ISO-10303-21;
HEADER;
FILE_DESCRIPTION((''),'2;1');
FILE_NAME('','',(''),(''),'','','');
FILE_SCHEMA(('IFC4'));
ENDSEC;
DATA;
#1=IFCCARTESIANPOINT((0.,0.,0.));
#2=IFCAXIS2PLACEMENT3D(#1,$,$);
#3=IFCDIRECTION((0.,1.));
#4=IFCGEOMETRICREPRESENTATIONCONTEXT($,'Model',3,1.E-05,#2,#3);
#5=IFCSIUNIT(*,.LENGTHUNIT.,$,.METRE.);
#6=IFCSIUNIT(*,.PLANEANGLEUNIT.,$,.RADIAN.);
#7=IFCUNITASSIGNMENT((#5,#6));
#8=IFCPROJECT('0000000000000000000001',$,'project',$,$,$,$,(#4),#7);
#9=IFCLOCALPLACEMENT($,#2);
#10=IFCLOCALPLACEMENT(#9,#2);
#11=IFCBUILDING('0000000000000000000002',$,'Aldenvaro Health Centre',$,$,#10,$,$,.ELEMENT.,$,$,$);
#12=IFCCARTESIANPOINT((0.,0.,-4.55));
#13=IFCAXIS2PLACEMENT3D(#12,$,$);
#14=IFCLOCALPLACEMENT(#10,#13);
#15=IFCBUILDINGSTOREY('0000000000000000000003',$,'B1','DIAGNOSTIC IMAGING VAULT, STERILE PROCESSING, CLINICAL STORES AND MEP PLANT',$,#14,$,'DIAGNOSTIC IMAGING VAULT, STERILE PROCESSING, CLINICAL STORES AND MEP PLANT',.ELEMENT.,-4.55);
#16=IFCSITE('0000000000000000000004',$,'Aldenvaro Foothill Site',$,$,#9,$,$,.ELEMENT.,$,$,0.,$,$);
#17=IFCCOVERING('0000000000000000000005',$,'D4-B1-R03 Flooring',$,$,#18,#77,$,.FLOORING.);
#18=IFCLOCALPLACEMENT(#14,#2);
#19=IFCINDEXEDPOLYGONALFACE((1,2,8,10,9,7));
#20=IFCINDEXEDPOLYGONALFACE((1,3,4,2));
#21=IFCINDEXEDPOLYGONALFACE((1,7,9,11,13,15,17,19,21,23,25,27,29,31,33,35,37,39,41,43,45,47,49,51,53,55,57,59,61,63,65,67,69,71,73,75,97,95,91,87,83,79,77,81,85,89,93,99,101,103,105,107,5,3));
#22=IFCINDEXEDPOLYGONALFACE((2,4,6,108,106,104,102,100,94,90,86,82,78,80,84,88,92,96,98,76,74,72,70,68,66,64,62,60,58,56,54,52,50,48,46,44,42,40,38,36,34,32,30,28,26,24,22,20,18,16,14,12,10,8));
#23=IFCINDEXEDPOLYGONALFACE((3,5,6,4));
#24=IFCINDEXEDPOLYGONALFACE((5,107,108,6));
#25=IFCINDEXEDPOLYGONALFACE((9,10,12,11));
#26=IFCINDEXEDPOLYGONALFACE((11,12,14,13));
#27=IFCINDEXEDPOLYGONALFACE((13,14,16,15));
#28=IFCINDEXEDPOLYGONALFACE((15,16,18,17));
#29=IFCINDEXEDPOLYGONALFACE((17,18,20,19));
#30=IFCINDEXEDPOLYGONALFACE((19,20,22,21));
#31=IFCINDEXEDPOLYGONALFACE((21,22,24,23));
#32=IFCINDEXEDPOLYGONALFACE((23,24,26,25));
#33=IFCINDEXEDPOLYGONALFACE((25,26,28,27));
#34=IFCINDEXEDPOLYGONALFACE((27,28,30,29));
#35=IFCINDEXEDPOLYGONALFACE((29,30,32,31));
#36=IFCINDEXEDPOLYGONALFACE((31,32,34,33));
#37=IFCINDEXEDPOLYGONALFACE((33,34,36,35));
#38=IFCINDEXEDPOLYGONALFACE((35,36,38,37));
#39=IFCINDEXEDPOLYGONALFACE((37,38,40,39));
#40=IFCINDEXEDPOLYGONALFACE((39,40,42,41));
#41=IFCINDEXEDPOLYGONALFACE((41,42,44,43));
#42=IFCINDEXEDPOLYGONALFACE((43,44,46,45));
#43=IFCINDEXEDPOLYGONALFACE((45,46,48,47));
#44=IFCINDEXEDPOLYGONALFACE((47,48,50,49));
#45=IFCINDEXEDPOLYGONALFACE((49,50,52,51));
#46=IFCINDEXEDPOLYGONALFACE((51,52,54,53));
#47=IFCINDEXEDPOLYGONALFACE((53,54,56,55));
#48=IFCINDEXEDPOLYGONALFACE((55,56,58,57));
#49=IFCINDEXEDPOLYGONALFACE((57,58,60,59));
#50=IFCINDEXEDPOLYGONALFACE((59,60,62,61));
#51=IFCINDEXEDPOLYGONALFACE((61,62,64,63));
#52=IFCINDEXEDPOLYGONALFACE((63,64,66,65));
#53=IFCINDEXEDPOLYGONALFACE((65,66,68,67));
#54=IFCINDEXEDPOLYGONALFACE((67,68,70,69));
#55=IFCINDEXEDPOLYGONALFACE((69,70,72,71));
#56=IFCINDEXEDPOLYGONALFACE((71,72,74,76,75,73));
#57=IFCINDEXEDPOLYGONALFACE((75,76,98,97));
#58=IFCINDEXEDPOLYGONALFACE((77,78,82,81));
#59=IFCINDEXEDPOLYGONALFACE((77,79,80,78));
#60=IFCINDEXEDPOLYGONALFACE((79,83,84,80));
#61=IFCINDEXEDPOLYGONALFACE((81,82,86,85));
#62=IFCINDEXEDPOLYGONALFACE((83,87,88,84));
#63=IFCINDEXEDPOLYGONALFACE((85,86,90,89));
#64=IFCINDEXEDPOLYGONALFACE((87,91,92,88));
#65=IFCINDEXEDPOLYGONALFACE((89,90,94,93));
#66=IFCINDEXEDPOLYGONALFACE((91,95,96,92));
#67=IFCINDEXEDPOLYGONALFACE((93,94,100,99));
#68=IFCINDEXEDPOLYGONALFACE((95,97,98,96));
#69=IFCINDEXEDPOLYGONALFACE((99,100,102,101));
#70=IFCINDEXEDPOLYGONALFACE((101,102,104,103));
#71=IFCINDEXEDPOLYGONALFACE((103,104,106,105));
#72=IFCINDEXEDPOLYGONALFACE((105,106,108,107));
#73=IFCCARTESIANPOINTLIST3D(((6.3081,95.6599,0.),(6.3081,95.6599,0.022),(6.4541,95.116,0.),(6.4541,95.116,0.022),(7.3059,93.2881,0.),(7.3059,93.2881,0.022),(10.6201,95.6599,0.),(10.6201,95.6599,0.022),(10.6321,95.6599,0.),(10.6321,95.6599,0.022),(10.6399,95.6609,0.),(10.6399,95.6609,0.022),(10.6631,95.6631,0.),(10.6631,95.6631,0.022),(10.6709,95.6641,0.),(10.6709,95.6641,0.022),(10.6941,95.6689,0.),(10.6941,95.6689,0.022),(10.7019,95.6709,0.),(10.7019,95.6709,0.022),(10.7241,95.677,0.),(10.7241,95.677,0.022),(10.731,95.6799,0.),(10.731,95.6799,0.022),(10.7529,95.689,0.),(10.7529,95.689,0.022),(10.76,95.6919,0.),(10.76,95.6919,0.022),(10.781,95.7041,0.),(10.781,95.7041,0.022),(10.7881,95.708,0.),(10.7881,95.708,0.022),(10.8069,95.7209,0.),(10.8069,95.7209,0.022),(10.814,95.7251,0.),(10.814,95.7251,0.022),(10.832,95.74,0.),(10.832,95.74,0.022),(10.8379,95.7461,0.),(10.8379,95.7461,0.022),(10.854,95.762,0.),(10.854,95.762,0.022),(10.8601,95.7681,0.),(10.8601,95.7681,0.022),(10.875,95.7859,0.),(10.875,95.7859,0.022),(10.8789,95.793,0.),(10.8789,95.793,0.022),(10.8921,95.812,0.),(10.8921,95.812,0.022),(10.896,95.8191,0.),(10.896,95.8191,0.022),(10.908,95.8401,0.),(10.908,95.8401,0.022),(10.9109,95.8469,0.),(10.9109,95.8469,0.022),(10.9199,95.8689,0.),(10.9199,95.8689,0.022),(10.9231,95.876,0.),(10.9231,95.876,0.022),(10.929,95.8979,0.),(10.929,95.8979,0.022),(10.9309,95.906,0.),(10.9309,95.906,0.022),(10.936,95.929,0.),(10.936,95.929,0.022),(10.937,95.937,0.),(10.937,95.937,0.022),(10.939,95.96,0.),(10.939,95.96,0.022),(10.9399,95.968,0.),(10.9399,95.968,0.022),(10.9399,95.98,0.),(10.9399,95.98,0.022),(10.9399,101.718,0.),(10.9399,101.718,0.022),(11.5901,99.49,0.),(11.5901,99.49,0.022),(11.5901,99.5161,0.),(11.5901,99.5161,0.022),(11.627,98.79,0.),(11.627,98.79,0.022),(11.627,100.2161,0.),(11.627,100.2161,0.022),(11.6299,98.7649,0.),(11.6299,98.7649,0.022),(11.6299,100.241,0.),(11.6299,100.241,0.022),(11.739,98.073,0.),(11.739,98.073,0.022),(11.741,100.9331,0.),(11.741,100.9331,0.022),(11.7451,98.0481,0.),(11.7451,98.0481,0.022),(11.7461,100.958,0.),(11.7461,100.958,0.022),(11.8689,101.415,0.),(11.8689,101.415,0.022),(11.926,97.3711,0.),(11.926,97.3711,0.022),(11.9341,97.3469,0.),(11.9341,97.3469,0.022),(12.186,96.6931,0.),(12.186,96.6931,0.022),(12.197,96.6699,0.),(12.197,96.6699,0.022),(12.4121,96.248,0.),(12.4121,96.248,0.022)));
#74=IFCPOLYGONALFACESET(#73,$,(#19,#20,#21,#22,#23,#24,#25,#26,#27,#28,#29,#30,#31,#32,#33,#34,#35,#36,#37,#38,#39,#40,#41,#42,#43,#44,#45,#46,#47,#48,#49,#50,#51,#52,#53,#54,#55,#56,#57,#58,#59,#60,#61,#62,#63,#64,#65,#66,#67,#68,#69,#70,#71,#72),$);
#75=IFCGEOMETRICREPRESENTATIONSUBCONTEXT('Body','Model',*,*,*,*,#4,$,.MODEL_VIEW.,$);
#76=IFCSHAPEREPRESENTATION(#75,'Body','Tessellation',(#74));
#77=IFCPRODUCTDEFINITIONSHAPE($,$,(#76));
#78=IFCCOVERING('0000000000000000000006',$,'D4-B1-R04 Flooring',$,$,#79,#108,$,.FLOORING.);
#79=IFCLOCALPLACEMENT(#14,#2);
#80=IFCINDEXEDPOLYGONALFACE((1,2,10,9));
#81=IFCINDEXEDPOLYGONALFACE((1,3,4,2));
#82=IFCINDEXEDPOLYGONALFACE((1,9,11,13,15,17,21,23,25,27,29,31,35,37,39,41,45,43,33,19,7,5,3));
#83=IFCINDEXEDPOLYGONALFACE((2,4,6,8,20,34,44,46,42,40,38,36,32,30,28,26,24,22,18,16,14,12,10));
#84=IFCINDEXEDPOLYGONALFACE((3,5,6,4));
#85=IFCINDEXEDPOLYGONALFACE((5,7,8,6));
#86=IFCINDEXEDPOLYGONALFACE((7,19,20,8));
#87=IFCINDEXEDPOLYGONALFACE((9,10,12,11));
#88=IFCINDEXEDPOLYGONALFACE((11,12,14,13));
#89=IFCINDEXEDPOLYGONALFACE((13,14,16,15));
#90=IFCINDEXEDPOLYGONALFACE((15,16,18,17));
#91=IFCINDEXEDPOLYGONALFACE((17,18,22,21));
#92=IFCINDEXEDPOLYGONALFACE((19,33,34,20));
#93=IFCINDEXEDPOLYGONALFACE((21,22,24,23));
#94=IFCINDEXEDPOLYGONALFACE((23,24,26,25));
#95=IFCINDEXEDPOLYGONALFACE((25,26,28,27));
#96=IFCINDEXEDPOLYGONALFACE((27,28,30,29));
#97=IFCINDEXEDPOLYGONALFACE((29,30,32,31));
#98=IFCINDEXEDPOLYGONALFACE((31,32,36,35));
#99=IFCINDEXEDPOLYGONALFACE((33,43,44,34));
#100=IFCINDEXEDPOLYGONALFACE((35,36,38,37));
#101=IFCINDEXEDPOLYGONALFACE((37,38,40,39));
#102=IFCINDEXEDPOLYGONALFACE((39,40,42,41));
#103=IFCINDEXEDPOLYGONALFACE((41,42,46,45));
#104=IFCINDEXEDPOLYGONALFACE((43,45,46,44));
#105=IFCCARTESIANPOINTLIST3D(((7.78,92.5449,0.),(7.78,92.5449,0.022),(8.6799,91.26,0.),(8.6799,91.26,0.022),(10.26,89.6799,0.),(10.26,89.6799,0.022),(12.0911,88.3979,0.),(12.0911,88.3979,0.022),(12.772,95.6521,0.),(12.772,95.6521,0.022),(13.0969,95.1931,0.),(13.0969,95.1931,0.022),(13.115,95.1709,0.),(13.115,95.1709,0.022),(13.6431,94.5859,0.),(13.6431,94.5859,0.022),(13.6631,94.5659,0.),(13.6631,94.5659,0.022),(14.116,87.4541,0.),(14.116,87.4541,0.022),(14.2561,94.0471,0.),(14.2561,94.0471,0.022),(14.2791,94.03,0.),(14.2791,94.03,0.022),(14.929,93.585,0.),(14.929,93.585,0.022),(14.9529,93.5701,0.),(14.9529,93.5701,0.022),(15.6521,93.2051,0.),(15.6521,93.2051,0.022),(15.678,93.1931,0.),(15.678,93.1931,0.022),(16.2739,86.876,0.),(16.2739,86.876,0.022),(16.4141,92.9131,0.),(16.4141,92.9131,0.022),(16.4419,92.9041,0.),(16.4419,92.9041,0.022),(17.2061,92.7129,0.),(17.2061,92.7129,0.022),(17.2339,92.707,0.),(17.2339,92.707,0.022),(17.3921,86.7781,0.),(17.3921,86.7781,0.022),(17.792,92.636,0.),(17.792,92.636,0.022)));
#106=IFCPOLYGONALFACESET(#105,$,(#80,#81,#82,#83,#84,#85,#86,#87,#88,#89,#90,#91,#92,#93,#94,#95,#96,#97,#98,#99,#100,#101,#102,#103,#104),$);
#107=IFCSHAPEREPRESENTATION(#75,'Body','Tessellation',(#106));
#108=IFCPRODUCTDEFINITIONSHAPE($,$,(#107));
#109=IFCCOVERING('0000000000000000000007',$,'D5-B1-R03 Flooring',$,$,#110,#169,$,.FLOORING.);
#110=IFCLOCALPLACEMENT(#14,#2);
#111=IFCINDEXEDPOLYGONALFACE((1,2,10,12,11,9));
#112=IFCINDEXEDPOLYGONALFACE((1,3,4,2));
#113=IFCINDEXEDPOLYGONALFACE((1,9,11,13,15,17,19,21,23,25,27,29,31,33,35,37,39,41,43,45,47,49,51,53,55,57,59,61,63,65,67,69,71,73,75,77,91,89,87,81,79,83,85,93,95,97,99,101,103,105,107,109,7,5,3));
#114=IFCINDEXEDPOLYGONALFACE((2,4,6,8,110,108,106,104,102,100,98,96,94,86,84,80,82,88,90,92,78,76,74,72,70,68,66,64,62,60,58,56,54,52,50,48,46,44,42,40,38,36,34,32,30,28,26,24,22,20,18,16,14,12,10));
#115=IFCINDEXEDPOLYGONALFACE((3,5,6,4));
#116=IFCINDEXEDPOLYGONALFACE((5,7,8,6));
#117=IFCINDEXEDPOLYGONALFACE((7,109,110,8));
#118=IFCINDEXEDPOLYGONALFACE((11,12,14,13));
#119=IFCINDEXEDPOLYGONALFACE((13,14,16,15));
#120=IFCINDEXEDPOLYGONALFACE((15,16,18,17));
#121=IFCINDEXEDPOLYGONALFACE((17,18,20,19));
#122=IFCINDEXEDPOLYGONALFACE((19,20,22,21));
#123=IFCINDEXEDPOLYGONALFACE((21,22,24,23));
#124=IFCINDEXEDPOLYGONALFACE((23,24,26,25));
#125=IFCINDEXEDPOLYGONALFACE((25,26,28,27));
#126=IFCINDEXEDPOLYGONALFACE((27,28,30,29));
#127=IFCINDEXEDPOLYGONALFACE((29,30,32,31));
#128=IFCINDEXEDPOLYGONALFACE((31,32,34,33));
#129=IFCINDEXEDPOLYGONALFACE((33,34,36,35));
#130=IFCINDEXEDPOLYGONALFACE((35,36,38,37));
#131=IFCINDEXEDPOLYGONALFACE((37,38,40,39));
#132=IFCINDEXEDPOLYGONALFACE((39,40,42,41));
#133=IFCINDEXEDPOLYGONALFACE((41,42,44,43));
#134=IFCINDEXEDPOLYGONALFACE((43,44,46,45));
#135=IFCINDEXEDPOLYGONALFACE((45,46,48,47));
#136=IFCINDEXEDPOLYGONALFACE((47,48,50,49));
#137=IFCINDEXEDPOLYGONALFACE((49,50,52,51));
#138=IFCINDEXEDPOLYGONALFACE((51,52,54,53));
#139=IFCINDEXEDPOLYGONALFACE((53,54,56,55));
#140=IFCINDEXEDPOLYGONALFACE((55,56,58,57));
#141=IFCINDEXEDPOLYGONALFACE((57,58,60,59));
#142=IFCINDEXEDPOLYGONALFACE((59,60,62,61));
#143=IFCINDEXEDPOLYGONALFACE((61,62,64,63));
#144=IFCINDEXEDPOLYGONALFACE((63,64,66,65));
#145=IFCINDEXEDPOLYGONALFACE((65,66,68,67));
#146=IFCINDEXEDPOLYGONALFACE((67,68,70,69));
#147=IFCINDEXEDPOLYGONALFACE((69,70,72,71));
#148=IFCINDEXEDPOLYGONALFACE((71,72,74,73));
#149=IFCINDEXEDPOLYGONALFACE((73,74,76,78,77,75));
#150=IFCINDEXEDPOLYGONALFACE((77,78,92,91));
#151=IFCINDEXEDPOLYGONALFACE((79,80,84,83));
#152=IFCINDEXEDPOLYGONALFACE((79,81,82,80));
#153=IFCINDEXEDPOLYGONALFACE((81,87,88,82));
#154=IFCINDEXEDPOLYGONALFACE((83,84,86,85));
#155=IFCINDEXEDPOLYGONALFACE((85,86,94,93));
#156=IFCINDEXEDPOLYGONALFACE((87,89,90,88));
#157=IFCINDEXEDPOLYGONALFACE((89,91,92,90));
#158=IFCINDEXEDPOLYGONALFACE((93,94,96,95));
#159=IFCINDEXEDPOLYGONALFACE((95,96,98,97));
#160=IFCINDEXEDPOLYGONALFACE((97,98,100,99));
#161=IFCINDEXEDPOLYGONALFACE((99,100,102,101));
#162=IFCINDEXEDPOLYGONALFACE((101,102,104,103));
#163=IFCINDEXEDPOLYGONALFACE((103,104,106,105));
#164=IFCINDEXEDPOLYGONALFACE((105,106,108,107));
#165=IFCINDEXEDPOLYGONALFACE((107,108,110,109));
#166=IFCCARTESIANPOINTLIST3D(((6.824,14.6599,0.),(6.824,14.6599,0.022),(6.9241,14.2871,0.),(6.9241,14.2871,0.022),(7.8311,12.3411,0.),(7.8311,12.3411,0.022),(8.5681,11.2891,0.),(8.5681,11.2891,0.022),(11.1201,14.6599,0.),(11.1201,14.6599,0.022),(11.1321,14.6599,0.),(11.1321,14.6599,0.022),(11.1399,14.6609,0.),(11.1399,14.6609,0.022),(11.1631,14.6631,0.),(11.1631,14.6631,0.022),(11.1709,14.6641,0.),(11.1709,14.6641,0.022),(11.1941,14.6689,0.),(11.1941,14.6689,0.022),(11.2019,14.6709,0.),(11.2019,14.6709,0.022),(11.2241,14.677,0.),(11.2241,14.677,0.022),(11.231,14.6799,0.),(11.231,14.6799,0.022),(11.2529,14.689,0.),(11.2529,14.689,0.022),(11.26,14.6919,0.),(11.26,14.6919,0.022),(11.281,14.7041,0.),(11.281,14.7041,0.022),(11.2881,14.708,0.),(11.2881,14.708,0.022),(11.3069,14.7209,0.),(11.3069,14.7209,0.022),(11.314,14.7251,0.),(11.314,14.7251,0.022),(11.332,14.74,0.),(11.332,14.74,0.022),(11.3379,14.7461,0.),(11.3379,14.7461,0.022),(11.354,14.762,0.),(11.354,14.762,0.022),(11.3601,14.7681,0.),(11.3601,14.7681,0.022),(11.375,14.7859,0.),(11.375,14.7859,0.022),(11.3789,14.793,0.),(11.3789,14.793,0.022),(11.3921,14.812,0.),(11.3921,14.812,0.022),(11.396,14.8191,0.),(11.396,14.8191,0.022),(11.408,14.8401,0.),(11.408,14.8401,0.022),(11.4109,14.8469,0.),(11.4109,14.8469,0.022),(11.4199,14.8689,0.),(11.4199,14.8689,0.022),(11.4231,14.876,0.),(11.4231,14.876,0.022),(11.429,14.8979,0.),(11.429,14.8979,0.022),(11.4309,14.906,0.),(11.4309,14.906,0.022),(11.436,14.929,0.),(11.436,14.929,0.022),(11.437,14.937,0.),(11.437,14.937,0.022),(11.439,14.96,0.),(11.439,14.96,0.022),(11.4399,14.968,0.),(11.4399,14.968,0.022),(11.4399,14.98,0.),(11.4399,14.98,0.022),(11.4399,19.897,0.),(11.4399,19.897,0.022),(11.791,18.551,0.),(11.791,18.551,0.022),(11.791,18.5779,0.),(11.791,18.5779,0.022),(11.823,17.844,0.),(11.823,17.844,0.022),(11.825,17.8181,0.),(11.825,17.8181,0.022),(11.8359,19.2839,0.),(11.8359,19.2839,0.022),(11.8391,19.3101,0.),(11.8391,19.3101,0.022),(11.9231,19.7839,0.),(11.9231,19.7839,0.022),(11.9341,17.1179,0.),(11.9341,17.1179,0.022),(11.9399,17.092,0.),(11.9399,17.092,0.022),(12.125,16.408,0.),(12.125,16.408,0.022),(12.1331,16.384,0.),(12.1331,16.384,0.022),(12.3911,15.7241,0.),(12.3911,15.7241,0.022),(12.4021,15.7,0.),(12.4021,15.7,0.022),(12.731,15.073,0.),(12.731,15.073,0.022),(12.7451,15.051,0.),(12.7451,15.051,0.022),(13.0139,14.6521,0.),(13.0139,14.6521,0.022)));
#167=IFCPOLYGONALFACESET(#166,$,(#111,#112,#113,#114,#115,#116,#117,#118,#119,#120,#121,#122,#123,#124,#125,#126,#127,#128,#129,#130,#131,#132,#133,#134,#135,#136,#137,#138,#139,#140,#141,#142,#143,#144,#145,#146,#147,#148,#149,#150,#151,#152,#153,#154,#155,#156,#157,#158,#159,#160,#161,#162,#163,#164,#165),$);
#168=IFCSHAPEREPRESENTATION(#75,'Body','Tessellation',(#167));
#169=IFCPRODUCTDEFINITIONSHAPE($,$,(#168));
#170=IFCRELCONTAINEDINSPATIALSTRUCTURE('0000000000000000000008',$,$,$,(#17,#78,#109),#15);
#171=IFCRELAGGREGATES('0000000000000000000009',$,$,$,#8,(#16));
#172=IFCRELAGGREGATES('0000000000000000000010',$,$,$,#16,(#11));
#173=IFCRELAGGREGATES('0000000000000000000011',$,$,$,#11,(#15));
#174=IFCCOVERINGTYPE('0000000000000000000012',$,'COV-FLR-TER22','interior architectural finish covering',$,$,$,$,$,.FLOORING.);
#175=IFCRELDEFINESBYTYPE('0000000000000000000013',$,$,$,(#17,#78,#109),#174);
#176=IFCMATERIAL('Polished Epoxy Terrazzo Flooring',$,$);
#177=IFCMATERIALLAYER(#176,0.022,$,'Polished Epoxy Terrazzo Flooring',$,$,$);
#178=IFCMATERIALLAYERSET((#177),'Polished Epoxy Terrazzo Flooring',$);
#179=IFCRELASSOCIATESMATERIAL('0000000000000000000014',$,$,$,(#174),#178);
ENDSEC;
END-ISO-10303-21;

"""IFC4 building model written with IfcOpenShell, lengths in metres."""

from ifc_helpers import new_model, si_unit, direction, frame, origin, place, context, subcontext, project, spatial, polyline, outline, extrude, material, layer, layer_set, type_object, element, save


model = new_model("IFC4")

# Units and contexts
model_context = context("Model", 3, precision=1e-05, world=origin(), true_north=direction((0.0, 1.0)))
body_context = subcontext(model_context, "Body", "Model", "MODEL_VIEW")
ifc_project = project(units=[si_unit("LENGTHUNIT", "METRE"), si_unit("PLANEANGLEUNIT", "RADIAN")], contexts=[model_context])

# Site, building, storey
site_placement = place(None, origin())
site = spatial("IfcSite", under=ifc_project, at=site_placement, Name="Aldenvaro Foothill Site", CompositionType="ELEMENT", RefElevation=0.0)
building_placement = place(site_placement, origin())
building = spatial("IfcBuilding", under=site, at=building_placement, Name="Aldenvaro Health Centre", CompositionType="ELEMENT")
storey_placement = place(building_placement, frame((0.0, 0.0, -4.55)))
storey = spatial("IfcBuildingStorey", under=building, at=storey_placement, Name="B1", Description="DIAGNOSTIC IMAGING VAULT, STERILE PROCESSING, CLINICAL STORES AND MEP PLANT", LongName="DIAGNOSTIC IMAGING VAULT, STERILE PROCESSING, CLINICAL STORES AND MEP PLANT", CompositionType="ELEMENT", Elevation=-4.55)

# Coverings
ifc_material_1 = material(Name="Polished Epoxy Terrazzo Flooring")
ifc_layer_1 = layer(ifc_material_1, 0.022, Name="Polished Epoxy Terrazzo Flooring")
ifc_layer_set_1 = layer_set([ifc_layer_1], Name="Polished Epoxy Terrazzo Flooring")
covering_type_1 = type_object("IfcCoveringType", Name="COV-FLR-TER22", Description="interior architectural finish covering", PredefinedType="FLOORING", material=ifc_layer_set_1)
covering_1_placement = place(storey_placement, origin())
element("IfcCovering", 1, at=covering_1_placement, inside=storey, type_object=covering_type_1, Name="D4-B1-R03 Flooring", PredefinedType="FLOORING", context=body_context, shape_type="SweptSolid", body=[
    extrude(outline(polyline([(7.3059, 93.2881), (6.4541, 95.116), (6.3081, 95.6599), (10.6201, 95.6599), (10.6321, 95.6599), (10.6399, 95.6609), (10.6631, 95.6631), (10.6709, 95.6641), (10.6941, 95.6689), (10.7019, 95.6709), (10.7241, 95.677), (10.731, 95.6799), (10.7529, 95.689), (10.76, 95.6919), (10.781, 95.7041), (10.7881, 95.708), (10.8069, 95.7209), (10.814, 95.7251), (10.832, 95.74), (10.8379, 95.7461), (10.854, 95.762), (10.8601, 95.7681), (10.875, 95.7859), (10.8789, 95.793), (10.8921, 95.812), (10.896, 95.8191), (10.908, 95.8401), (10.9109, 95.8469), (10.9199, 95.8689), (10.9231, 95.876), (10.929, 95.8979), (10.9309, 95.906), (10.936, 95.929), (10.937, 95.937), (10.939, 95.96), (10.9399, 95.968), (10.9399, 95.98), (10.9399, 101.718), (11.8689, 101.415), (11.7461, 100.958), (11.741, 100.9331), (11.6299, 100.241), (11.627, 100.2161), (11.5901, 99.5161), (11.5901, 99.49), (11.627, 98.79), (11.6299, 98.7649), (11.739, 98.073), (11.7451, 98.0481), (11.926, 97.3711), (11.9341, 97.3469), (12.186, 96.6931), (12.197, 96.6699), (12.4121, 96.248), (7.3059, 93.2881)])), origin(), (0.0, 0.0, 1.0), 0.022),
])
covering_2_placement = place(storey_placement, origin())
element("IfcCovering", 2, at=covering_2_placement, inside=storey, type_object=covering_type_1, Name="D4-B1-R04 Flooring", PredefinedType="FLOORING", context=body_context, shape_type="SweptSolid", body=[
    extrude(outline(polyline([(13.0969, 95.1931), (13.115, 95.1709), (13.6431, 94.5859), (13.6631, 94.5659), (14.2561, 94.0471), (14.2791, 94.03), (14.929, 93.585), (14.9529, 93.5701), (15.6521, 93.2051), (15.678, 93.1931), (16.4141, 92.9131), (16.4419, 92.9041), (17.2061, 92.7129), (17.2339, 92.707), (17.792, 92.636), (17.3921, 86.7781), (16.2739, 86.876), (14.116, 87.4541), (12.0911, 88.3979), (10.26, 89.6799), (8.6799, 91.26), (7.78, 92.5449), (12.772, 95.6521), (13.0969, 95.1931)])), origin(), (0.0, 0.0, 1.0), 0.022),
])
covering_3_placement = place(storey_placement, origin())
element("IfcCovering", 3, at=covering_3_placement, inside=storey, type_object=covering_type_1, Name="D5-B1-R03 Flooring", PredefinedType="FLOORING", context=body_context, shape_type="SweptSolid", body=[
    extrude(outline(polyline([(11.8391, 19.3101), (11.8359, 19.2839), (11.791, 18.5779), (11.791, 18.551), (11.823, 17.844), (11.825, 17.8181), (11.9341, 17.1179), (11.9399, 17.092), (12.125, 16.408), (12.1331, 16.384), (12.3911, 15.7241), (12.4021, 15.7), (12.731, 15.073), (12.7451, 15.051), (13.0139, 14.6521), (8.5681, 11.2891), (7.8311, 12.3411), (6.9241, 14.2871), (6.824, 14.6599), (11.1201, 14.6599), (11.1321, 14.6599), (11.1399, 14.6609), (11.1631, 14.6631), (11.1709, 14.6641), (11.1941, 14.6689), (11.2019, 14.6709), (11.2241, 14.677), (11.231, 14.6799), (11.2529, 14.689), (11.26, 14.6919), (11.281, 14.7041), (11.2881, 14.708), (11.3069, 14.7209), (11.314, 14.7251), (11.332, 14.74), (11.3379, 14.7461), (11.354, 14.762), (11.3601, 14.7681), (11.375, 14.7859), (11.3789, 14.793), (11.3921, 14.812), (11.396, 14.8191), (11.408, 14.8401), (11.4109, 14.8469), (11.4199, 14.8689), (11.4231, 14.876), (11.429, 14.8979), (11.4309, 14.906), (11.436, 14.929), (11.437, 14.937), (11.439, 14.96), (11.4399, 14.968), (11.4399, 14.98), (11.4399, 19.897), (11.9231, 19.7839), (11.8391, 19.3101)])), origin(), (0.0, 0.0, 1.0), 0.022),
])

save(model, "model.ifc")
